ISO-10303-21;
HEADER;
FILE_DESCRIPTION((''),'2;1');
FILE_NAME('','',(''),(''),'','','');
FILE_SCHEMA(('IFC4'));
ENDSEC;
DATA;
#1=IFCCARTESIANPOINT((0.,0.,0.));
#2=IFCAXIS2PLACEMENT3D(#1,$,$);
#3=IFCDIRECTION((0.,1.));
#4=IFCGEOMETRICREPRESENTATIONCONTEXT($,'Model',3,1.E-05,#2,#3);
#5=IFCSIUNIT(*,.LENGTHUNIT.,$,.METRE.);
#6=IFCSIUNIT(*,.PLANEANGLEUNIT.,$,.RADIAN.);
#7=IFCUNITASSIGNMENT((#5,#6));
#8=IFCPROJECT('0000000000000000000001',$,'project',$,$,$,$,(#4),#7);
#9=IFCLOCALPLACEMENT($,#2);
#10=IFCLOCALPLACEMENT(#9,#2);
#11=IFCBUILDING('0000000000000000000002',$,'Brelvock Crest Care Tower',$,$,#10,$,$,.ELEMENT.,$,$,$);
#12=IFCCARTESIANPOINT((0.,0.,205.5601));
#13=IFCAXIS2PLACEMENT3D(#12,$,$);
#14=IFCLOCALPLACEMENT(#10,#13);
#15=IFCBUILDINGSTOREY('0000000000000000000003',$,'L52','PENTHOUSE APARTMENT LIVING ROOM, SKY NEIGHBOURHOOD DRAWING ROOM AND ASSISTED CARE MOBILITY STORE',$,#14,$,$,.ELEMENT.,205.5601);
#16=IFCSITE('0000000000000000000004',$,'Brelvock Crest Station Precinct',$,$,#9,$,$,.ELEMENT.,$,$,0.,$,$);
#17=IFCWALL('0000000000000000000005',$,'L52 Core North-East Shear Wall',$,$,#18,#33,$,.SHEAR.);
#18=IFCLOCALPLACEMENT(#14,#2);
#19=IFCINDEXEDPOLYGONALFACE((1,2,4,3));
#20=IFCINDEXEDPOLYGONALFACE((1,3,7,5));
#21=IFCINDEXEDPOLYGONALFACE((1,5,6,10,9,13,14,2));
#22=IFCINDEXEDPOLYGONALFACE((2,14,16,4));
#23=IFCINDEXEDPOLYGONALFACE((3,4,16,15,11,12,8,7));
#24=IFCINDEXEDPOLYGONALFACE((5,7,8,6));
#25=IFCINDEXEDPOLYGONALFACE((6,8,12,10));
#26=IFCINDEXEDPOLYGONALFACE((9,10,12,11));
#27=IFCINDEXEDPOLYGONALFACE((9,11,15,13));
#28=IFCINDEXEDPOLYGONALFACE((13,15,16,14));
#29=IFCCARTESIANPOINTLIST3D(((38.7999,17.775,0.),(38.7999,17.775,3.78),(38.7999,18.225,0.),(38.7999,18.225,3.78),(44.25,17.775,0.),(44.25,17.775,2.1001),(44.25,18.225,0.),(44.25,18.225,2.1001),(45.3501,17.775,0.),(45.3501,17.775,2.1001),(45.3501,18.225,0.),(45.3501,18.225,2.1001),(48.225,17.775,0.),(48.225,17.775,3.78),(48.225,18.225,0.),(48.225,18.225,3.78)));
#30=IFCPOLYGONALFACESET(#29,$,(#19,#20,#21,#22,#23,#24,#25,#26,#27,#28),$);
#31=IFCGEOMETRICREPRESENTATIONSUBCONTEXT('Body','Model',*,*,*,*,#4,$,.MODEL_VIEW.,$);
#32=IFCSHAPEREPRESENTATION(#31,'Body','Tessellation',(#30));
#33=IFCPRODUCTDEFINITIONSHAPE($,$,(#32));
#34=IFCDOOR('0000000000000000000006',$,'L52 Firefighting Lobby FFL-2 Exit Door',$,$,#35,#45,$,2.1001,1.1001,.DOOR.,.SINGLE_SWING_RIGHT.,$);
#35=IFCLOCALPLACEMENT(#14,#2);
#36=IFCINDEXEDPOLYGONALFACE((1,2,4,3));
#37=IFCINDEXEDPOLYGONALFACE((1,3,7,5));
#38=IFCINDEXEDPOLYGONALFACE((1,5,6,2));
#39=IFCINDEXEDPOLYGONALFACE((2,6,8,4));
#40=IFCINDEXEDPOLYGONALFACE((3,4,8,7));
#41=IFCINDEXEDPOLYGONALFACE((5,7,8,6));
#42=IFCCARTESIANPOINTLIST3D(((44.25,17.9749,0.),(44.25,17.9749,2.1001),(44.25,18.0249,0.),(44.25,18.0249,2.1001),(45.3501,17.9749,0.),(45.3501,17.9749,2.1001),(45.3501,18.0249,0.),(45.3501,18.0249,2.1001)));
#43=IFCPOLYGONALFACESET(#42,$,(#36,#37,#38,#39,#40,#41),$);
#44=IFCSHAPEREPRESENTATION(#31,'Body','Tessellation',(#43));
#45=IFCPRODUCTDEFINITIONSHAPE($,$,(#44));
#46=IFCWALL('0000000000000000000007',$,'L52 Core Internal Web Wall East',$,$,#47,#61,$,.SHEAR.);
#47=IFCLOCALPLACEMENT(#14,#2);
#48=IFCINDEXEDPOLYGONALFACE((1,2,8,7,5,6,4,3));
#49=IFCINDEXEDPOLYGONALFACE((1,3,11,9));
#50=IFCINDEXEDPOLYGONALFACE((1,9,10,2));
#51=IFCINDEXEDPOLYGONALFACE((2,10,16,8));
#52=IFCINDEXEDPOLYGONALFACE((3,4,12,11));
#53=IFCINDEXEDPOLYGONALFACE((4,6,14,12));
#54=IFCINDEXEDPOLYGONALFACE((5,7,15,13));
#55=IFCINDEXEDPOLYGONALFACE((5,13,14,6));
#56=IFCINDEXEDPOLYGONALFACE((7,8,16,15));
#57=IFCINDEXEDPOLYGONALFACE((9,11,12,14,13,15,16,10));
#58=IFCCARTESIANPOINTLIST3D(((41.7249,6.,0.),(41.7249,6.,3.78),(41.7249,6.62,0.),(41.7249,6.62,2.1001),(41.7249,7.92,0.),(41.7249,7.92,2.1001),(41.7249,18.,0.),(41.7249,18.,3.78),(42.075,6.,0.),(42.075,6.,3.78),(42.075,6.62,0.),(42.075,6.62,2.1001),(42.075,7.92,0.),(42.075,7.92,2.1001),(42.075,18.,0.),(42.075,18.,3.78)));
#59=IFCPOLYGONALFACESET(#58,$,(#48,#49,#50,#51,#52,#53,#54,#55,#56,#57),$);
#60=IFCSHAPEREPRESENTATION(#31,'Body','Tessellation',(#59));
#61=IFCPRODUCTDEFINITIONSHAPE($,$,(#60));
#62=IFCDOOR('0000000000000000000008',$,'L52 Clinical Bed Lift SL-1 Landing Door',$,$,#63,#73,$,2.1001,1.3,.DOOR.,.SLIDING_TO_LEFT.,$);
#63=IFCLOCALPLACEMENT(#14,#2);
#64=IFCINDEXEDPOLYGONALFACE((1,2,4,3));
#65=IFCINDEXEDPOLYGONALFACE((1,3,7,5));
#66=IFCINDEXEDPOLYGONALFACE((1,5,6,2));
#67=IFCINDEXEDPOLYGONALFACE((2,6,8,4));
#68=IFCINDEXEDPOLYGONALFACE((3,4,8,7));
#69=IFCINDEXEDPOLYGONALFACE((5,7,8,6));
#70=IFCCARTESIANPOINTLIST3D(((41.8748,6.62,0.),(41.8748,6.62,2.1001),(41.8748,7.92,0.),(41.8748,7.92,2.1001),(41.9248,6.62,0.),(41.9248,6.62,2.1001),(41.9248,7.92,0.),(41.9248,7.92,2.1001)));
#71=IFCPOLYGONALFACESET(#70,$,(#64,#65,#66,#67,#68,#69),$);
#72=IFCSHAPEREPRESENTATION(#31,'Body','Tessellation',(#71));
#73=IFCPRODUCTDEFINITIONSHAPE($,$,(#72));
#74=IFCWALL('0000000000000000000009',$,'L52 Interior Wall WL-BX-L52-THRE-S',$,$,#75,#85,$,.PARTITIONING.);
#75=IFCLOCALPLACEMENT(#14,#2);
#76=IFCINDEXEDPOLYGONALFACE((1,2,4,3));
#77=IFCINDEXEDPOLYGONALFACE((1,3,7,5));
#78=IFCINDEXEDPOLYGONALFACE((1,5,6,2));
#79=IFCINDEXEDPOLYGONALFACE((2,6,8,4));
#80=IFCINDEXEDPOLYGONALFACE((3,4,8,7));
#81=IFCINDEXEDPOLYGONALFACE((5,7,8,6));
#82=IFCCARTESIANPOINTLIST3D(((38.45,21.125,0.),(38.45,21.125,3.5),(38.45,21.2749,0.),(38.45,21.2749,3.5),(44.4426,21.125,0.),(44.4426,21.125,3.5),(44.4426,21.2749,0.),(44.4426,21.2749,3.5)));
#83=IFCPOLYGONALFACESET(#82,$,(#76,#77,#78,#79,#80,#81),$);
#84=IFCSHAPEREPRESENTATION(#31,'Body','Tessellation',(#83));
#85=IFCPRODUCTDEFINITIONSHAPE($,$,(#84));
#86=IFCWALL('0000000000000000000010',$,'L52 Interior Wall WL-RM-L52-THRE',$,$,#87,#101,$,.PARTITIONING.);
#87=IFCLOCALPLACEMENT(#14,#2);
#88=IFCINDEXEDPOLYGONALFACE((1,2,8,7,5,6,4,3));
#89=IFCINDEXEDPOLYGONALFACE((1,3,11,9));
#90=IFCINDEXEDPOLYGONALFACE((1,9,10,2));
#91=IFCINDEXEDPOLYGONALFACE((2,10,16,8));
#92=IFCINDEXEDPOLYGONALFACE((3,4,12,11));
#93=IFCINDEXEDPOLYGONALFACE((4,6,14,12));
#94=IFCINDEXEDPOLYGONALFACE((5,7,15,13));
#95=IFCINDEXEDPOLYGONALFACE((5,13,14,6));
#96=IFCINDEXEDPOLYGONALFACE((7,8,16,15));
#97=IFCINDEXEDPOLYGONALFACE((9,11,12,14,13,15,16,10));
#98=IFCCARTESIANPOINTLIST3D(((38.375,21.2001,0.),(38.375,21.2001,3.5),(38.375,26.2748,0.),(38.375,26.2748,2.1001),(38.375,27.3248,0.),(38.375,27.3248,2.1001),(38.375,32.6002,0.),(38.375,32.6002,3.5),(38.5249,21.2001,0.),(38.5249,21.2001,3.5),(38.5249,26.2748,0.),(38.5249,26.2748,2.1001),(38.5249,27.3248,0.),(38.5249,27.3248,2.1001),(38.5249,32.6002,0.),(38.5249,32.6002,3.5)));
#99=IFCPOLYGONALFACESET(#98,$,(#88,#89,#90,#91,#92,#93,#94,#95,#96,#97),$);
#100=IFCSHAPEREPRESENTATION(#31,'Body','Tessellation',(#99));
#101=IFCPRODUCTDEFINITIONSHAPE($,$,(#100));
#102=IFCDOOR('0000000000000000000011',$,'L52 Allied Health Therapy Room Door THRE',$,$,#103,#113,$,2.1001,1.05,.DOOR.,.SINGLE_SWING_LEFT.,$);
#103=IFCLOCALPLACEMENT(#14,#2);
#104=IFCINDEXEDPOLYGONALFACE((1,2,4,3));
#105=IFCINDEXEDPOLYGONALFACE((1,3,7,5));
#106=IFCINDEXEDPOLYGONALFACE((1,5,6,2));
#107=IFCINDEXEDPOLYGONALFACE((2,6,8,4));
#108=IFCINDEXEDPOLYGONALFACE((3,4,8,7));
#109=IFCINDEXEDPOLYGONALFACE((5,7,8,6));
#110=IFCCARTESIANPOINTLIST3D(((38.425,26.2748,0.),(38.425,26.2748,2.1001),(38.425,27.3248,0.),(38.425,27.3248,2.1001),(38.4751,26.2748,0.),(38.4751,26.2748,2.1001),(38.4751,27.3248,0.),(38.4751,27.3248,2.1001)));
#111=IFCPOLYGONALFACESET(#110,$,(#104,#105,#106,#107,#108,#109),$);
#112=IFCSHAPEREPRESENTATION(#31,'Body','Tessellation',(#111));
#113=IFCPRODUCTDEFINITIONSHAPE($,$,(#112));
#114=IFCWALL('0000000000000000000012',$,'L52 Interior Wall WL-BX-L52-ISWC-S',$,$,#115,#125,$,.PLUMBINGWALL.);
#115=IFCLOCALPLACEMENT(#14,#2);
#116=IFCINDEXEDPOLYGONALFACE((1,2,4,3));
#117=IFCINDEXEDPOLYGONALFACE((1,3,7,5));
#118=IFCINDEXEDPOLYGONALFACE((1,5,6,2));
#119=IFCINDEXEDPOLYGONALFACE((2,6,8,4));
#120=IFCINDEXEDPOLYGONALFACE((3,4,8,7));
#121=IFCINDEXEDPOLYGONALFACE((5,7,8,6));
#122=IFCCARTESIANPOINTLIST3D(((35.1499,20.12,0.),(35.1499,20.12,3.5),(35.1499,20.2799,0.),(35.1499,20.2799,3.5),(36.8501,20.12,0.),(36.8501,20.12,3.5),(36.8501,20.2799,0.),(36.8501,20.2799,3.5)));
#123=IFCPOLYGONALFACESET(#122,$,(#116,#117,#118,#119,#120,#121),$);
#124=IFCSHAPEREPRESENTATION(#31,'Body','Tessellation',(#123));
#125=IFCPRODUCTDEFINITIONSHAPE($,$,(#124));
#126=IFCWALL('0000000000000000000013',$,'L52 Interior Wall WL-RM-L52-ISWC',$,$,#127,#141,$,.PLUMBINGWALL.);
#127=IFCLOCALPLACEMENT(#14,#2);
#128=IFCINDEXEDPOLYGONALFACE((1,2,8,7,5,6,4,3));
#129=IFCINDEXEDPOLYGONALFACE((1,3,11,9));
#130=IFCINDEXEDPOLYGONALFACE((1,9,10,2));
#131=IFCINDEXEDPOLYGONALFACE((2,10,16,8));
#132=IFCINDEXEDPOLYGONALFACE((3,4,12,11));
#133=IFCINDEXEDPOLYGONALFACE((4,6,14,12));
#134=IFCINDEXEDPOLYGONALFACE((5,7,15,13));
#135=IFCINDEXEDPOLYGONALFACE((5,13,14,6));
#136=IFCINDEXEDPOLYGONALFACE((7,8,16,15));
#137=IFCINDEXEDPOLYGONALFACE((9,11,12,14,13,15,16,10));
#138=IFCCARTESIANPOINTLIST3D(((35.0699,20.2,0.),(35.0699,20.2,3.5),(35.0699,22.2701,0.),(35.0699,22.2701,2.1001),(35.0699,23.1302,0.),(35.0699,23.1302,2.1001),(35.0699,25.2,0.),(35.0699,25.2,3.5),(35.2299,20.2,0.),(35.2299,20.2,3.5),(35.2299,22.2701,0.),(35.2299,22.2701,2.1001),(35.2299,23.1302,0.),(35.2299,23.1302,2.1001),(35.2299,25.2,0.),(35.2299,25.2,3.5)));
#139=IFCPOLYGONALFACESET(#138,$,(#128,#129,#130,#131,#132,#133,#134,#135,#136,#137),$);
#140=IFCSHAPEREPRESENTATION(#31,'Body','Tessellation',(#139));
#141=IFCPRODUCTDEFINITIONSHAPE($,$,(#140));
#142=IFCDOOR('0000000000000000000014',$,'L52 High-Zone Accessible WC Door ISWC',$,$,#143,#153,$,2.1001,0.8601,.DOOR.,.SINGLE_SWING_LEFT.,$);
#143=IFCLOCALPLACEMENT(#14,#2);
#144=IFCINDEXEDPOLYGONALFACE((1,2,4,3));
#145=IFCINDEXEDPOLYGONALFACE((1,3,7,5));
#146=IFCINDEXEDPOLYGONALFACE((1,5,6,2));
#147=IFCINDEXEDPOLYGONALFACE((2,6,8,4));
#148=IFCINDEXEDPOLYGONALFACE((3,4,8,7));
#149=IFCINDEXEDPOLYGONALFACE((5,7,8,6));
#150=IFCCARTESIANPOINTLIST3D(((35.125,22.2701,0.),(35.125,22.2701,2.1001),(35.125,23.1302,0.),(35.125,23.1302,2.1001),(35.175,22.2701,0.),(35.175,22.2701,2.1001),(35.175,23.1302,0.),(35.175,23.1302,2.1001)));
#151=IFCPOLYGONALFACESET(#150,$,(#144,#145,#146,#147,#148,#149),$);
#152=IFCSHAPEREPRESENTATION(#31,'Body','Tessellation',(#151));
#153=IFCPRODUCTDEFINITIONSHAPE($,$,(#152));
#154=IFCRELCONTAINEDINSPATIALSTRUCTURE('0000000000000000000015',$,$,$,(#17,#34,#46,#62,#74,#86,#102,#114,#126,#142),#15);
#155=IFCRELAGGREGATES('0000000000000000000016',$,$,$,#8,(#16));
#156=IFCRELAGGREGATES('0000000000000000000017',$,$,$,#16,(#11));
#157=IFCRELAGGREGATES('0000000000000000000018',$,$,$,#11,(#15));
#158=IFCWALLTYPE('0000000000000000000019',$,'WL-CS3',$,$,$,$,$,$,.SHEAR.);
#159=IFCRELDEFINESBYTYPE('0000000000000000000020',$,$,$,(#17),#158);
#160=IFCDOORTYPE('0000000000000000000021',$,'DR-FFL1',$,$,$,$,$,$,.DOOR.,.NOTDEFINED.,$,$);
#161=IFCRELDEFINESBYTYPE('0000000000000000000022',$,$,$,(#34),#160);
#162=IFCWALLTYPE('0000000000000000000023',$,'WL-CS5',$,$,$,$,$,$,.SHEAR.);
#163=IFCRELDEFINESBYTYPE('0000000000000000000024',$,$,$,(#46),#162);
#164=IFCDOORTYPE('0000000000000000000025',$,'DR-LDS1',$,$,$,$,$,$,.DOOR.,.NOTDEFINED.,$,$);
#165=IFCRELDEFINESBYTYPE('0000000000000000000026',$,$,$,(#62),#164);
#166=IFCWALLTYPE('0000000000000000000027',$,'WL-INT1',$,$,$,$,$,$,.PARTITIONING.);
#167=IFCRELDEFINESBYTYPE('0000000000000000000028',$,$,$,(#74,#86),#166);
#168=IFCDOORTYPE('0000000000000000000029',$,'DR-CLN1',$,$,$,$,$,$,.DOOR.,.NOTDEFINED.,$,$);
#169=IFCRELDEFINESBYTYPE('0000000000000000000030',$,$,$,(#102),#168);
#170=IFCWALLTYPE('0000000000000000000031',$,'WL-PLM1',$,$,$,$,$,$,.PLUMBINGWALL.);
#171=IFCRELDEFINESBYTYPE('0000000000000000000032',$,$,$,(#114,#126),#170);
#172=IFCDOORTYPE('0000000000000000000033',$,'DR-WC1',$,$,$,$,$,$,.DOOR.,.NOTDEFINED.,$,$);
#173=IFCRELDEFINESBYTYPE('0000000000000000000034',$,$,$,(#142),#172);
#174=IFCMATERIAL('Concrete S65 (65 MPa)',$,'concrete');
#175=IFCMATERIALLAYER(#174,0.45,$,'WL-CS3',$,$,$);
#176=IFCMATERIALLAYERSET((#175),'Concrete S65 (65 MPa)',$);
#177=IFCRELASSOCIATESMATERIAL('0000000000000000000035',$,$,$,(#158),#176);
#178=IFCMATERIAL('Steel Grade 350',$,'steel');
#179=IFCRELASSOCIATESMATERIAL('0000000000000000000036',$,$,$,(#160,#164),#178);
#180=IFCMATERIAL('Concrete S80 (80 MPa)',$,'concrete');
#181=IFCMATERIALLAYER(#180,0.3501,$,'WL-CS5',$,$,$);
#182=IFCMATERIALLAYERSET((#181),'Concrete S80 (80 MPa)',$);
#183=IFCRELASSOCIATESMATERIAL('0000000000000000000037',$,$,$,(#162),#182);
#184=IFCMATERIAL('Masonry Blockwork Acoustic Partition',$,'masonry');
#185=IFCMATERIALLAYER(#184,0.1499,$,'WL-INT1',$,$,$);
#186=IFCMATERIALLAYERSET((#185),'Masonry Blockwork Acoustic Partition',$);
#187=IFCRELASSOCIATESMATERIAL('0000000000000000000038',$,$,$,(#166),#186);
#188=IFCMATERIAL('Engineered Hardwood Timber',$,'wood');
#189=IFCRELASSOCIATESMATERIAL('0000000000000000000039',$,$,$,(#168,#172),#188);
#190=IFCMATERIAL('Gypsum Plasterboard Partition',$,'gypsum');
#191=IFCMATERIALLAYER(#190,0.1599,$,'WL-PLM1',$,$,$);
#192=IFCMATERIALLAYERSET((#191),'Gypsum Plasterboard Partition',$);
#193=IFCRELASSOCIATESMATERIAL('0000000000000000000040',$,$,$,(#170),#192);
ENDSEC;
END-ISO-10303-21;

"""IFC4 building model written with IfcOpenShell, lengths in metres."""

from ifc_helpers import new_model, si_unit, direction, frame, frame_2d, origin, origin_2d, place, context, subcontext, project, spatial, rectangle, extrude, source, transform, mapped, material, layer, layer_set, type_object, element, fill, save


model = new_model("IFC4")

# Units and contexts
model_context = context("Model", 3, precision=1e-05, world=origin(), true_north=direction((0.0, 1.0)))
body_context = subcontext(model_context, "Body", "Model", "MODEL_VIEW")
ifc_project = project(units=[si_unit("LENGTHUNIT", "METRE"), si_unit("PLANEANGLEUNIT", "RADIAN")], contexts=[model_context])

# Site, building, storey
site_placement = place(None, origin())
site = spatial("IfcSite", under=ifc_project, at=site_placement, Name="Brelvock Crest Station Precinct", CompositionType="ELEMENT", RefElevation=0.0)
building_placement = place(site_placement, origin())
building = spatial("IfcBuilding", under=site, at=building_placement, Name="Brelvock Crest Care Tower", CompositionType="ELEMENT")
storey_placement = place(building_placement, frame((0.0, 0.0, 205.5601)))
storey = spatial("IfcBuildingStorey", under=building, at=storey_placement, Name="L52", Description="PENTHOUSE APARTMENT LIVING ROOM, SKY NEIGHBOURHOOD DRAWING ROOM AND ASSISTED CARE MOBILITY STORE", CompositionType="ELEMENT", Elevation=205.5601)

# Shared definitions
ifc_material_1 = material(Name="Concrete S65 (65 MPa)", Category="concrete")

# Shared definitions
ifc_material_2 = material(Name="Steel Grade 350", Category="steel")

# Walls, openings, doors
ifc_layer_1 = layer(ifc_material_1, 0.45, Name="WL-CS3")
ifc_layer_set_1 = layer_set([ifc_layer_1], Name="Concrete S65 (65 MPa)")
wall_type_1 = type_object("IfcWallType", Name="WL-CS3", PredefinedType="SHEAR", material=ifc_layer_set_1)
wall_1_placement = place(storey_placement, frame((38.8, 18.0, 0.0), z_axis=(0.0, 0.0, 1.0), x_axis=(1.0, 0.0, 0.0)))
wall_1 = element("IfcWall", 1, at=wall_1_placement, inside=storey, type_object=wall_type_1, Name="L52 Core North-East Shear Wall", PredefinedType="SHEAR", context=body_context, shape_type="SweptSolid", body=[
    extrude(rectangle(XDim=9.425, YDim=0.45, at=frame_2d((4.7124, 0.0))), origin(), (0.0, 0.0, 1.0), 3.78),
])
opening_1_placement = place(wall_1_placement, frame((5.45, 0.0, 0.0)))
opening_1 = element("IfcOpeningElement", 2, at=opening_1_placement, cuts=wall_1, PredefinedType="OPENING", context=body_context, shape_type="SweptSolid", body=[
    extrude(rectangle(XDim=1.1001, YDim=2.1001, at=origin_2d()), frame((0.55, 0.2349, 1.05), z_axis=(0.0, -1.0, 0.0), x_axis=(1.0, 0.0, 0.0)), (0.0, 0.0, 1.0), 0.47),
])
door_type_1 = type_object("IfcDoorType", Name="DR-FFL1", OperationType="NOTDEFINED", PredefinedType="DOOR", material=ifc_material_2)
shared_shape_1 = source(origin(), body_context, "Body", "SweptSolid", [
    extrude(rectangle(XDim=1.1001, YDim=2.1001, at=origin_2d()), frame((0.55, 0.0249, 1.05), z_axis=(0.0, -1.0, 0.0), x_axis=(1.0, 0.0, 0.0)), (0.0, 0.0, 1.0), 0.05),
])
door_1_placement = place(opening_1_placement, origin())
door_1 = element("IfcDoor", 3, at=door_1_placement, inside=storey, type_object=door_type_1, Name="L52 Firefighting Lobby FFL-2 Exit Door", OperationType="SINGLE_SWING_RIGHT", OverallHeight=2.1001, OverallWidth=1.1001, PredefinedType="DOOR", context=body_context, shape_type="MappedRepresentation", body=[
    mapped(shared_shape_1, transform((0.0, 0.0, 0.0), x_axis=(1.0, 0.0, 0.0), y_axis=(0.0, 1.0, 0.0), z_axis=(0.0, 0.0, 1.0), scale=1.0)),
])
fill(opening_1, door_1)
ifc_material_3 = material(Name="Concrete S80 (80 MPa)", Category="concrete")
ifc_layer_2 = layer(ifc_material_3, 0.3501, Name="WL-CS5")
ifc_layer_set_2 = layer_set([ifc_layer_2], Name="Concrete S80 (80 MPa)")
wall_type_2 = type_object("IfcWallType", Name="WL-CS5", PredefinedType="SHEAR", material=ifc_layer_set_2)
wall_2_placement = place(storey_placement, frame((41.8999, 18.0, 0.0), z_axis=(0.0, 0.0, 1.0), x_axis=(0.0, -1.0, 0.0)))
wall_2 = element("IfcWall", 4, at=wall_2_placement, inside=storey, type_object=wall_type_2, Name="L52 Core Internal Web Wall East", PredefinedType="SHEAR", context=body_context, shape_type="SweptSolid", body=[
    extrude(rectangle(XDim=12.0, YDim=0.3501, at=frame_2d((6.0, 0.0))), origin(), (0.0, 0.0, 1.0), 3.78),
])
opening_2_placement = place(wall_2_placement, frame((10.0801, 0.0, 0.0)))
opening_2 = element("IfcOpeningElement", 5, at=opening_2_placement, cuts=wall_2, PredefinedType="OPENING", context=body_context, shape_type="SweptSolid", body=[
    extrude(rectangle(XDim=1.3, YDim=2.1001, at=origin_2d()), frame((0.6499, 0.1851, 1.05), z_axis=(0.0, -1.0, 0.0), x_axis=(1.0, 0.0, 0.0)), (0.0, 0.0, 1.0), 0.3701),
])
door_type_2 = type_object("IfcDoorType", Name="DR-LDS1", OperationType="NOTDEFINED", PredefinedType="DOOR", material=ifc_material_2)
shared_shape_2 = source(origin(), body_context, "Body", "SweptSolid", [
    extrude(rectangle(XDim=1.3, YDim=2.1001, at=origin_2d()), frame((0.6499, 0.0249, 1.05), z_axis=(0.0, -1.0, 0.0), x_axis=(1.0, 0.0, 0.0)), (0.0, 0.0, 1.0), 0.05),
])
door_2_placement = place(opening_2_placement, origin())
door_2 = element("IfcDoor", 6, at=door_2_placement, inside=storey, type_object=door_type_2, Name="L52 Clinical Bed Lift SL-1 Landing Door", OperationType="SLIDING_TO_LEFT", OverallHeight=2.1001, OverallWidth=1.3, PredefinedType="DOOR", context=body_context, shape_type="MappedRepresentation", body=[
    mapped(shared_shape_2, transform((0.0, 0.0, 0.0), x_axis=(1.0, 0.0, 0.0), y_axis=(0.0, 1.0, 0.0), z_axis=(0.0, 0.0, 1.0), scale=1.0)),
])
fill(opening_2, door_2)

# Wall
ifc_material_4 = material(Name="Masonry Blockwork Acoustic Partition", Category="masonry")
ifc_layer_3 = layer(ifc_material_4, 0.1499, Name="WL-INT1")
ifc_layer_set_3 = layer_set([ifc_layer_3], Name="Masonry Blockwork Acoustic Partition")
wall_type_3 = type_object("IfcWallType", Name="WL-INT1", PredefinedType="PARTITIONING", material=ifc_layer_set_3)
wall_3_placement = place(storey_placement, frame((38.45, 21.2, 0.0), z_axis=(0.0, 0.0, 1.0), x_axis=(1.0, 0.0, 0.0)))
element("IfcWall", 7, at=wall_3_placement, inside=storey, type_object=wall_type_3, Name="L52 Interior Wall WL-BX-L52-THRE-S", PredefinedType="PARTITIONING", context=body_context, shape_type="SweptSolid", body=[
    extrude(rectangle(XDim=5.9927, YDim=0.1499, at=frame_2d((2.9963, 0.0))), origin(), (0.0, 0.0, 1.0), 3.5),
])

# Wall, opening, door
wall_4_placement = place(storey_placement, frame((38.45, 21.2, 0.0), z_axis=(0.0, 0.0, 1.0), x_axis=(0.0, 1.0, 0.0)))
wall_4 = element("IfcWall", 8, at=wall_4_placement, inside=storey, type_object=wall_type_3, Name="L52 Interior Wall WL-RM-L52-THRE", PredefinedType="PARTITIONING", context=body_context, shape_type="SweptSolid", body=[
    extrude(rectangle(XDim=11.4001, YDim=0.1499, at=frame_2d((5.7002, 0.0))), origin(), (0.0, 0.0, 1.0), 3.5),
])
opening_3_placement = place(wall_4_placement, frame((5.075, 0.0, 0.0)))
opening_3 = element("IfcOpeningElement", 9, at=opening_3_placement, cuts=wall_4, PredefinedType="OPENING", context=body_context, shape_type="SweptSolid", body=[
    extrude(rectangle(XDim=1.05, YDim=2.1001, at=origin_2d()), frame((0.5249, 0.085, 1.05), z_axis=(0.0, -1.0, 0.0), x_axis=(1.0, 0.0, 0.0)), (0.0, 0.0, 1.0), 0.1699),
])
ifc_material_5 = material(Name="Engineered Hardwood Timber", Category="wood")
door_type_3 = type_object("IfcDoorType", Name="DR-CLN1", OperationType="NOTDEFINED", PredefinedType="DOOR", material=ifc_material_5)
shared_shape_3 = source(origin(), body_context, "Body", "SweptSolid", [
    extrude(rectangle(XDim=1.05, YDim=2.1001, at=origin_2d()), frame((0.5249, 0.0249, 1.05), z_axis=(0.0, -1.0, 0.0), x_axis=(1.0, 0.0, 0.0)), (0.0, 0.0, 1.0), 0.05),
])
door_3_placement = place(opening_3_placement, origin())
door_3 = element("IfcDoor", 10, at=door_3_placement, inside=storey, type_object=door_type_3, Name="L52 Allied Health Therapy Room Door THRE", OperationType="SINGLE_SWING_LEFT", OverallHeight=2.1001, OverallWidth=1.05, PredefinedType="DOOR", context=body_context, shape_type="MappedRepresentation", body=[
    mapped(shared_shape_3, transform((0.0, 0.0, 0.0), x_axis=(1.0, 0.0, 0.0), y_axis=(0.0, 1.0, 0.0), z_axis=(0.0, 0.0, 1.0), scale=1.0)),
])
fill(opening_3, door_3)

# Wall
ifc_material_6 = material(Name="Gypsum Plasterboard Partition", Category="gypsum")
ifc_layer_4 = layer(ifc_material_6, 0.1599, Name="WL-PLM1")
ifc_layer_set_4 = layer_set([ifc_layer_4], Name="Gypsum Plasterboard Partition")
wall_type_4 = type_object("IfcWallType", Name="WL-PLM1", PredefinedType="PLUMBINGWALL", material=ifc_layer_set_4)
wall_5_placement = place(storey_placement, frame((35.1499, 20.2, 0.0), z_axis=(0.0, 0.0, 1.0), x_axis=(1.0, 0.0, 0.0)))
element("IfcWall", 11, at=wall_5_placement, inside=storey, type_object=wall_type_4, Name="L52 Interior Wall WL-BX-L52-ISWC-S", PredefinedType="PLUMBINGWALL", context=body_context, shape_type="SweptSolid", body=[
    extrude(rectangle(XDim=1.7002, YDim=0.1599, at=frame_2d((0.8501, 0.0))), origin(), (0.0, 0.0, 1.0), 3.5),
])

# Wall, opening, door
wall_6_placement = place(storey_placement, frame((35.1499, 20.2, 0.0), z_axis=(0.0, 0.0, 1.0), x_axis=(0.0, 1.0, 0.0)))
wall_6 = element("IfcWall", 12, at=wall_6_placement, inside=storey, type_object=wall_type_4, Name="L52 Interior Wall WL-RM-L52-ISWC", PredefinedType="PLUMBINGWALL", context=body_context, shape_type="SweptSolid", body=[
    extrude(rectangle(XDim=5.0, YDim=0.1599, at=frame_2d((2.5, 0.0))), origin(), (0.0, 0.0, 1.0), 3.5),
])
opening_4_placement = place(wall_6_placement, frame((2.0701, 0.0, 0.0)))
opening_4 = element("IfcOpeningElement", 13, at=opening_4_placement, cuts=wall_6, PredefinedType="OPENING", context=body_context, shape_type="SweptSolid", body=[
    extrude(rectangle(XDim=0.8601, YDim=2.1001, at=origin_2d()), frame((0.4302, 0.0898, 1.05), z_axis=(0.0, -1.0, 0.0), x_axis=(1.0, 0.0, 0.0)), (0.0, 0.0, 1.0), 0.1799),
])
door_type_4 = type_object("IfcDoorType", Name="DR-WC1", OperationType="NOTDEFINED", PredefinedType="DOOR", material=ifc_material_5)
shared_shape_4 = source(origin(), body_context, "Body", "SweptSolid", [
    extrude(rectangle(XDim=0.8601, YDim=2.1001, at=origin_2d()), frame((0.4302, 0.0249, 1.05), z_axis=(0.0, -1.0, 0.0), x_axis=(1.0, 0.0, 0.0)), (0.0, 0.0, 1.0), 0.05),
])
door_4_placement = place(opening_4_placement, origin())
door_4 = element("IfcDoor", 14, at=door_4_placement, inside=storey, type_object=door_type_4, Name="L52 High-Zone Accessible WC Door ISWC", OperationType="SINGLE_SWING_LEFT", OverallHeight=2.1001, OverallWidth=0.8601, PredefinedType="DOOR", context=body_context, shape_type="MappedRepresentation", body=[
    mapped(shared_shape_4, transform((0.0, 0.0, 0.0), x_axis=(1.0, 0.0, 0.0), y_axis=(0.0, 1.0, 0.0), z_axis=(0.0, 0.0, 1.0), scale=1.0)),
])
fill(opening_4, door_4)

save(model, "model.ifc")
